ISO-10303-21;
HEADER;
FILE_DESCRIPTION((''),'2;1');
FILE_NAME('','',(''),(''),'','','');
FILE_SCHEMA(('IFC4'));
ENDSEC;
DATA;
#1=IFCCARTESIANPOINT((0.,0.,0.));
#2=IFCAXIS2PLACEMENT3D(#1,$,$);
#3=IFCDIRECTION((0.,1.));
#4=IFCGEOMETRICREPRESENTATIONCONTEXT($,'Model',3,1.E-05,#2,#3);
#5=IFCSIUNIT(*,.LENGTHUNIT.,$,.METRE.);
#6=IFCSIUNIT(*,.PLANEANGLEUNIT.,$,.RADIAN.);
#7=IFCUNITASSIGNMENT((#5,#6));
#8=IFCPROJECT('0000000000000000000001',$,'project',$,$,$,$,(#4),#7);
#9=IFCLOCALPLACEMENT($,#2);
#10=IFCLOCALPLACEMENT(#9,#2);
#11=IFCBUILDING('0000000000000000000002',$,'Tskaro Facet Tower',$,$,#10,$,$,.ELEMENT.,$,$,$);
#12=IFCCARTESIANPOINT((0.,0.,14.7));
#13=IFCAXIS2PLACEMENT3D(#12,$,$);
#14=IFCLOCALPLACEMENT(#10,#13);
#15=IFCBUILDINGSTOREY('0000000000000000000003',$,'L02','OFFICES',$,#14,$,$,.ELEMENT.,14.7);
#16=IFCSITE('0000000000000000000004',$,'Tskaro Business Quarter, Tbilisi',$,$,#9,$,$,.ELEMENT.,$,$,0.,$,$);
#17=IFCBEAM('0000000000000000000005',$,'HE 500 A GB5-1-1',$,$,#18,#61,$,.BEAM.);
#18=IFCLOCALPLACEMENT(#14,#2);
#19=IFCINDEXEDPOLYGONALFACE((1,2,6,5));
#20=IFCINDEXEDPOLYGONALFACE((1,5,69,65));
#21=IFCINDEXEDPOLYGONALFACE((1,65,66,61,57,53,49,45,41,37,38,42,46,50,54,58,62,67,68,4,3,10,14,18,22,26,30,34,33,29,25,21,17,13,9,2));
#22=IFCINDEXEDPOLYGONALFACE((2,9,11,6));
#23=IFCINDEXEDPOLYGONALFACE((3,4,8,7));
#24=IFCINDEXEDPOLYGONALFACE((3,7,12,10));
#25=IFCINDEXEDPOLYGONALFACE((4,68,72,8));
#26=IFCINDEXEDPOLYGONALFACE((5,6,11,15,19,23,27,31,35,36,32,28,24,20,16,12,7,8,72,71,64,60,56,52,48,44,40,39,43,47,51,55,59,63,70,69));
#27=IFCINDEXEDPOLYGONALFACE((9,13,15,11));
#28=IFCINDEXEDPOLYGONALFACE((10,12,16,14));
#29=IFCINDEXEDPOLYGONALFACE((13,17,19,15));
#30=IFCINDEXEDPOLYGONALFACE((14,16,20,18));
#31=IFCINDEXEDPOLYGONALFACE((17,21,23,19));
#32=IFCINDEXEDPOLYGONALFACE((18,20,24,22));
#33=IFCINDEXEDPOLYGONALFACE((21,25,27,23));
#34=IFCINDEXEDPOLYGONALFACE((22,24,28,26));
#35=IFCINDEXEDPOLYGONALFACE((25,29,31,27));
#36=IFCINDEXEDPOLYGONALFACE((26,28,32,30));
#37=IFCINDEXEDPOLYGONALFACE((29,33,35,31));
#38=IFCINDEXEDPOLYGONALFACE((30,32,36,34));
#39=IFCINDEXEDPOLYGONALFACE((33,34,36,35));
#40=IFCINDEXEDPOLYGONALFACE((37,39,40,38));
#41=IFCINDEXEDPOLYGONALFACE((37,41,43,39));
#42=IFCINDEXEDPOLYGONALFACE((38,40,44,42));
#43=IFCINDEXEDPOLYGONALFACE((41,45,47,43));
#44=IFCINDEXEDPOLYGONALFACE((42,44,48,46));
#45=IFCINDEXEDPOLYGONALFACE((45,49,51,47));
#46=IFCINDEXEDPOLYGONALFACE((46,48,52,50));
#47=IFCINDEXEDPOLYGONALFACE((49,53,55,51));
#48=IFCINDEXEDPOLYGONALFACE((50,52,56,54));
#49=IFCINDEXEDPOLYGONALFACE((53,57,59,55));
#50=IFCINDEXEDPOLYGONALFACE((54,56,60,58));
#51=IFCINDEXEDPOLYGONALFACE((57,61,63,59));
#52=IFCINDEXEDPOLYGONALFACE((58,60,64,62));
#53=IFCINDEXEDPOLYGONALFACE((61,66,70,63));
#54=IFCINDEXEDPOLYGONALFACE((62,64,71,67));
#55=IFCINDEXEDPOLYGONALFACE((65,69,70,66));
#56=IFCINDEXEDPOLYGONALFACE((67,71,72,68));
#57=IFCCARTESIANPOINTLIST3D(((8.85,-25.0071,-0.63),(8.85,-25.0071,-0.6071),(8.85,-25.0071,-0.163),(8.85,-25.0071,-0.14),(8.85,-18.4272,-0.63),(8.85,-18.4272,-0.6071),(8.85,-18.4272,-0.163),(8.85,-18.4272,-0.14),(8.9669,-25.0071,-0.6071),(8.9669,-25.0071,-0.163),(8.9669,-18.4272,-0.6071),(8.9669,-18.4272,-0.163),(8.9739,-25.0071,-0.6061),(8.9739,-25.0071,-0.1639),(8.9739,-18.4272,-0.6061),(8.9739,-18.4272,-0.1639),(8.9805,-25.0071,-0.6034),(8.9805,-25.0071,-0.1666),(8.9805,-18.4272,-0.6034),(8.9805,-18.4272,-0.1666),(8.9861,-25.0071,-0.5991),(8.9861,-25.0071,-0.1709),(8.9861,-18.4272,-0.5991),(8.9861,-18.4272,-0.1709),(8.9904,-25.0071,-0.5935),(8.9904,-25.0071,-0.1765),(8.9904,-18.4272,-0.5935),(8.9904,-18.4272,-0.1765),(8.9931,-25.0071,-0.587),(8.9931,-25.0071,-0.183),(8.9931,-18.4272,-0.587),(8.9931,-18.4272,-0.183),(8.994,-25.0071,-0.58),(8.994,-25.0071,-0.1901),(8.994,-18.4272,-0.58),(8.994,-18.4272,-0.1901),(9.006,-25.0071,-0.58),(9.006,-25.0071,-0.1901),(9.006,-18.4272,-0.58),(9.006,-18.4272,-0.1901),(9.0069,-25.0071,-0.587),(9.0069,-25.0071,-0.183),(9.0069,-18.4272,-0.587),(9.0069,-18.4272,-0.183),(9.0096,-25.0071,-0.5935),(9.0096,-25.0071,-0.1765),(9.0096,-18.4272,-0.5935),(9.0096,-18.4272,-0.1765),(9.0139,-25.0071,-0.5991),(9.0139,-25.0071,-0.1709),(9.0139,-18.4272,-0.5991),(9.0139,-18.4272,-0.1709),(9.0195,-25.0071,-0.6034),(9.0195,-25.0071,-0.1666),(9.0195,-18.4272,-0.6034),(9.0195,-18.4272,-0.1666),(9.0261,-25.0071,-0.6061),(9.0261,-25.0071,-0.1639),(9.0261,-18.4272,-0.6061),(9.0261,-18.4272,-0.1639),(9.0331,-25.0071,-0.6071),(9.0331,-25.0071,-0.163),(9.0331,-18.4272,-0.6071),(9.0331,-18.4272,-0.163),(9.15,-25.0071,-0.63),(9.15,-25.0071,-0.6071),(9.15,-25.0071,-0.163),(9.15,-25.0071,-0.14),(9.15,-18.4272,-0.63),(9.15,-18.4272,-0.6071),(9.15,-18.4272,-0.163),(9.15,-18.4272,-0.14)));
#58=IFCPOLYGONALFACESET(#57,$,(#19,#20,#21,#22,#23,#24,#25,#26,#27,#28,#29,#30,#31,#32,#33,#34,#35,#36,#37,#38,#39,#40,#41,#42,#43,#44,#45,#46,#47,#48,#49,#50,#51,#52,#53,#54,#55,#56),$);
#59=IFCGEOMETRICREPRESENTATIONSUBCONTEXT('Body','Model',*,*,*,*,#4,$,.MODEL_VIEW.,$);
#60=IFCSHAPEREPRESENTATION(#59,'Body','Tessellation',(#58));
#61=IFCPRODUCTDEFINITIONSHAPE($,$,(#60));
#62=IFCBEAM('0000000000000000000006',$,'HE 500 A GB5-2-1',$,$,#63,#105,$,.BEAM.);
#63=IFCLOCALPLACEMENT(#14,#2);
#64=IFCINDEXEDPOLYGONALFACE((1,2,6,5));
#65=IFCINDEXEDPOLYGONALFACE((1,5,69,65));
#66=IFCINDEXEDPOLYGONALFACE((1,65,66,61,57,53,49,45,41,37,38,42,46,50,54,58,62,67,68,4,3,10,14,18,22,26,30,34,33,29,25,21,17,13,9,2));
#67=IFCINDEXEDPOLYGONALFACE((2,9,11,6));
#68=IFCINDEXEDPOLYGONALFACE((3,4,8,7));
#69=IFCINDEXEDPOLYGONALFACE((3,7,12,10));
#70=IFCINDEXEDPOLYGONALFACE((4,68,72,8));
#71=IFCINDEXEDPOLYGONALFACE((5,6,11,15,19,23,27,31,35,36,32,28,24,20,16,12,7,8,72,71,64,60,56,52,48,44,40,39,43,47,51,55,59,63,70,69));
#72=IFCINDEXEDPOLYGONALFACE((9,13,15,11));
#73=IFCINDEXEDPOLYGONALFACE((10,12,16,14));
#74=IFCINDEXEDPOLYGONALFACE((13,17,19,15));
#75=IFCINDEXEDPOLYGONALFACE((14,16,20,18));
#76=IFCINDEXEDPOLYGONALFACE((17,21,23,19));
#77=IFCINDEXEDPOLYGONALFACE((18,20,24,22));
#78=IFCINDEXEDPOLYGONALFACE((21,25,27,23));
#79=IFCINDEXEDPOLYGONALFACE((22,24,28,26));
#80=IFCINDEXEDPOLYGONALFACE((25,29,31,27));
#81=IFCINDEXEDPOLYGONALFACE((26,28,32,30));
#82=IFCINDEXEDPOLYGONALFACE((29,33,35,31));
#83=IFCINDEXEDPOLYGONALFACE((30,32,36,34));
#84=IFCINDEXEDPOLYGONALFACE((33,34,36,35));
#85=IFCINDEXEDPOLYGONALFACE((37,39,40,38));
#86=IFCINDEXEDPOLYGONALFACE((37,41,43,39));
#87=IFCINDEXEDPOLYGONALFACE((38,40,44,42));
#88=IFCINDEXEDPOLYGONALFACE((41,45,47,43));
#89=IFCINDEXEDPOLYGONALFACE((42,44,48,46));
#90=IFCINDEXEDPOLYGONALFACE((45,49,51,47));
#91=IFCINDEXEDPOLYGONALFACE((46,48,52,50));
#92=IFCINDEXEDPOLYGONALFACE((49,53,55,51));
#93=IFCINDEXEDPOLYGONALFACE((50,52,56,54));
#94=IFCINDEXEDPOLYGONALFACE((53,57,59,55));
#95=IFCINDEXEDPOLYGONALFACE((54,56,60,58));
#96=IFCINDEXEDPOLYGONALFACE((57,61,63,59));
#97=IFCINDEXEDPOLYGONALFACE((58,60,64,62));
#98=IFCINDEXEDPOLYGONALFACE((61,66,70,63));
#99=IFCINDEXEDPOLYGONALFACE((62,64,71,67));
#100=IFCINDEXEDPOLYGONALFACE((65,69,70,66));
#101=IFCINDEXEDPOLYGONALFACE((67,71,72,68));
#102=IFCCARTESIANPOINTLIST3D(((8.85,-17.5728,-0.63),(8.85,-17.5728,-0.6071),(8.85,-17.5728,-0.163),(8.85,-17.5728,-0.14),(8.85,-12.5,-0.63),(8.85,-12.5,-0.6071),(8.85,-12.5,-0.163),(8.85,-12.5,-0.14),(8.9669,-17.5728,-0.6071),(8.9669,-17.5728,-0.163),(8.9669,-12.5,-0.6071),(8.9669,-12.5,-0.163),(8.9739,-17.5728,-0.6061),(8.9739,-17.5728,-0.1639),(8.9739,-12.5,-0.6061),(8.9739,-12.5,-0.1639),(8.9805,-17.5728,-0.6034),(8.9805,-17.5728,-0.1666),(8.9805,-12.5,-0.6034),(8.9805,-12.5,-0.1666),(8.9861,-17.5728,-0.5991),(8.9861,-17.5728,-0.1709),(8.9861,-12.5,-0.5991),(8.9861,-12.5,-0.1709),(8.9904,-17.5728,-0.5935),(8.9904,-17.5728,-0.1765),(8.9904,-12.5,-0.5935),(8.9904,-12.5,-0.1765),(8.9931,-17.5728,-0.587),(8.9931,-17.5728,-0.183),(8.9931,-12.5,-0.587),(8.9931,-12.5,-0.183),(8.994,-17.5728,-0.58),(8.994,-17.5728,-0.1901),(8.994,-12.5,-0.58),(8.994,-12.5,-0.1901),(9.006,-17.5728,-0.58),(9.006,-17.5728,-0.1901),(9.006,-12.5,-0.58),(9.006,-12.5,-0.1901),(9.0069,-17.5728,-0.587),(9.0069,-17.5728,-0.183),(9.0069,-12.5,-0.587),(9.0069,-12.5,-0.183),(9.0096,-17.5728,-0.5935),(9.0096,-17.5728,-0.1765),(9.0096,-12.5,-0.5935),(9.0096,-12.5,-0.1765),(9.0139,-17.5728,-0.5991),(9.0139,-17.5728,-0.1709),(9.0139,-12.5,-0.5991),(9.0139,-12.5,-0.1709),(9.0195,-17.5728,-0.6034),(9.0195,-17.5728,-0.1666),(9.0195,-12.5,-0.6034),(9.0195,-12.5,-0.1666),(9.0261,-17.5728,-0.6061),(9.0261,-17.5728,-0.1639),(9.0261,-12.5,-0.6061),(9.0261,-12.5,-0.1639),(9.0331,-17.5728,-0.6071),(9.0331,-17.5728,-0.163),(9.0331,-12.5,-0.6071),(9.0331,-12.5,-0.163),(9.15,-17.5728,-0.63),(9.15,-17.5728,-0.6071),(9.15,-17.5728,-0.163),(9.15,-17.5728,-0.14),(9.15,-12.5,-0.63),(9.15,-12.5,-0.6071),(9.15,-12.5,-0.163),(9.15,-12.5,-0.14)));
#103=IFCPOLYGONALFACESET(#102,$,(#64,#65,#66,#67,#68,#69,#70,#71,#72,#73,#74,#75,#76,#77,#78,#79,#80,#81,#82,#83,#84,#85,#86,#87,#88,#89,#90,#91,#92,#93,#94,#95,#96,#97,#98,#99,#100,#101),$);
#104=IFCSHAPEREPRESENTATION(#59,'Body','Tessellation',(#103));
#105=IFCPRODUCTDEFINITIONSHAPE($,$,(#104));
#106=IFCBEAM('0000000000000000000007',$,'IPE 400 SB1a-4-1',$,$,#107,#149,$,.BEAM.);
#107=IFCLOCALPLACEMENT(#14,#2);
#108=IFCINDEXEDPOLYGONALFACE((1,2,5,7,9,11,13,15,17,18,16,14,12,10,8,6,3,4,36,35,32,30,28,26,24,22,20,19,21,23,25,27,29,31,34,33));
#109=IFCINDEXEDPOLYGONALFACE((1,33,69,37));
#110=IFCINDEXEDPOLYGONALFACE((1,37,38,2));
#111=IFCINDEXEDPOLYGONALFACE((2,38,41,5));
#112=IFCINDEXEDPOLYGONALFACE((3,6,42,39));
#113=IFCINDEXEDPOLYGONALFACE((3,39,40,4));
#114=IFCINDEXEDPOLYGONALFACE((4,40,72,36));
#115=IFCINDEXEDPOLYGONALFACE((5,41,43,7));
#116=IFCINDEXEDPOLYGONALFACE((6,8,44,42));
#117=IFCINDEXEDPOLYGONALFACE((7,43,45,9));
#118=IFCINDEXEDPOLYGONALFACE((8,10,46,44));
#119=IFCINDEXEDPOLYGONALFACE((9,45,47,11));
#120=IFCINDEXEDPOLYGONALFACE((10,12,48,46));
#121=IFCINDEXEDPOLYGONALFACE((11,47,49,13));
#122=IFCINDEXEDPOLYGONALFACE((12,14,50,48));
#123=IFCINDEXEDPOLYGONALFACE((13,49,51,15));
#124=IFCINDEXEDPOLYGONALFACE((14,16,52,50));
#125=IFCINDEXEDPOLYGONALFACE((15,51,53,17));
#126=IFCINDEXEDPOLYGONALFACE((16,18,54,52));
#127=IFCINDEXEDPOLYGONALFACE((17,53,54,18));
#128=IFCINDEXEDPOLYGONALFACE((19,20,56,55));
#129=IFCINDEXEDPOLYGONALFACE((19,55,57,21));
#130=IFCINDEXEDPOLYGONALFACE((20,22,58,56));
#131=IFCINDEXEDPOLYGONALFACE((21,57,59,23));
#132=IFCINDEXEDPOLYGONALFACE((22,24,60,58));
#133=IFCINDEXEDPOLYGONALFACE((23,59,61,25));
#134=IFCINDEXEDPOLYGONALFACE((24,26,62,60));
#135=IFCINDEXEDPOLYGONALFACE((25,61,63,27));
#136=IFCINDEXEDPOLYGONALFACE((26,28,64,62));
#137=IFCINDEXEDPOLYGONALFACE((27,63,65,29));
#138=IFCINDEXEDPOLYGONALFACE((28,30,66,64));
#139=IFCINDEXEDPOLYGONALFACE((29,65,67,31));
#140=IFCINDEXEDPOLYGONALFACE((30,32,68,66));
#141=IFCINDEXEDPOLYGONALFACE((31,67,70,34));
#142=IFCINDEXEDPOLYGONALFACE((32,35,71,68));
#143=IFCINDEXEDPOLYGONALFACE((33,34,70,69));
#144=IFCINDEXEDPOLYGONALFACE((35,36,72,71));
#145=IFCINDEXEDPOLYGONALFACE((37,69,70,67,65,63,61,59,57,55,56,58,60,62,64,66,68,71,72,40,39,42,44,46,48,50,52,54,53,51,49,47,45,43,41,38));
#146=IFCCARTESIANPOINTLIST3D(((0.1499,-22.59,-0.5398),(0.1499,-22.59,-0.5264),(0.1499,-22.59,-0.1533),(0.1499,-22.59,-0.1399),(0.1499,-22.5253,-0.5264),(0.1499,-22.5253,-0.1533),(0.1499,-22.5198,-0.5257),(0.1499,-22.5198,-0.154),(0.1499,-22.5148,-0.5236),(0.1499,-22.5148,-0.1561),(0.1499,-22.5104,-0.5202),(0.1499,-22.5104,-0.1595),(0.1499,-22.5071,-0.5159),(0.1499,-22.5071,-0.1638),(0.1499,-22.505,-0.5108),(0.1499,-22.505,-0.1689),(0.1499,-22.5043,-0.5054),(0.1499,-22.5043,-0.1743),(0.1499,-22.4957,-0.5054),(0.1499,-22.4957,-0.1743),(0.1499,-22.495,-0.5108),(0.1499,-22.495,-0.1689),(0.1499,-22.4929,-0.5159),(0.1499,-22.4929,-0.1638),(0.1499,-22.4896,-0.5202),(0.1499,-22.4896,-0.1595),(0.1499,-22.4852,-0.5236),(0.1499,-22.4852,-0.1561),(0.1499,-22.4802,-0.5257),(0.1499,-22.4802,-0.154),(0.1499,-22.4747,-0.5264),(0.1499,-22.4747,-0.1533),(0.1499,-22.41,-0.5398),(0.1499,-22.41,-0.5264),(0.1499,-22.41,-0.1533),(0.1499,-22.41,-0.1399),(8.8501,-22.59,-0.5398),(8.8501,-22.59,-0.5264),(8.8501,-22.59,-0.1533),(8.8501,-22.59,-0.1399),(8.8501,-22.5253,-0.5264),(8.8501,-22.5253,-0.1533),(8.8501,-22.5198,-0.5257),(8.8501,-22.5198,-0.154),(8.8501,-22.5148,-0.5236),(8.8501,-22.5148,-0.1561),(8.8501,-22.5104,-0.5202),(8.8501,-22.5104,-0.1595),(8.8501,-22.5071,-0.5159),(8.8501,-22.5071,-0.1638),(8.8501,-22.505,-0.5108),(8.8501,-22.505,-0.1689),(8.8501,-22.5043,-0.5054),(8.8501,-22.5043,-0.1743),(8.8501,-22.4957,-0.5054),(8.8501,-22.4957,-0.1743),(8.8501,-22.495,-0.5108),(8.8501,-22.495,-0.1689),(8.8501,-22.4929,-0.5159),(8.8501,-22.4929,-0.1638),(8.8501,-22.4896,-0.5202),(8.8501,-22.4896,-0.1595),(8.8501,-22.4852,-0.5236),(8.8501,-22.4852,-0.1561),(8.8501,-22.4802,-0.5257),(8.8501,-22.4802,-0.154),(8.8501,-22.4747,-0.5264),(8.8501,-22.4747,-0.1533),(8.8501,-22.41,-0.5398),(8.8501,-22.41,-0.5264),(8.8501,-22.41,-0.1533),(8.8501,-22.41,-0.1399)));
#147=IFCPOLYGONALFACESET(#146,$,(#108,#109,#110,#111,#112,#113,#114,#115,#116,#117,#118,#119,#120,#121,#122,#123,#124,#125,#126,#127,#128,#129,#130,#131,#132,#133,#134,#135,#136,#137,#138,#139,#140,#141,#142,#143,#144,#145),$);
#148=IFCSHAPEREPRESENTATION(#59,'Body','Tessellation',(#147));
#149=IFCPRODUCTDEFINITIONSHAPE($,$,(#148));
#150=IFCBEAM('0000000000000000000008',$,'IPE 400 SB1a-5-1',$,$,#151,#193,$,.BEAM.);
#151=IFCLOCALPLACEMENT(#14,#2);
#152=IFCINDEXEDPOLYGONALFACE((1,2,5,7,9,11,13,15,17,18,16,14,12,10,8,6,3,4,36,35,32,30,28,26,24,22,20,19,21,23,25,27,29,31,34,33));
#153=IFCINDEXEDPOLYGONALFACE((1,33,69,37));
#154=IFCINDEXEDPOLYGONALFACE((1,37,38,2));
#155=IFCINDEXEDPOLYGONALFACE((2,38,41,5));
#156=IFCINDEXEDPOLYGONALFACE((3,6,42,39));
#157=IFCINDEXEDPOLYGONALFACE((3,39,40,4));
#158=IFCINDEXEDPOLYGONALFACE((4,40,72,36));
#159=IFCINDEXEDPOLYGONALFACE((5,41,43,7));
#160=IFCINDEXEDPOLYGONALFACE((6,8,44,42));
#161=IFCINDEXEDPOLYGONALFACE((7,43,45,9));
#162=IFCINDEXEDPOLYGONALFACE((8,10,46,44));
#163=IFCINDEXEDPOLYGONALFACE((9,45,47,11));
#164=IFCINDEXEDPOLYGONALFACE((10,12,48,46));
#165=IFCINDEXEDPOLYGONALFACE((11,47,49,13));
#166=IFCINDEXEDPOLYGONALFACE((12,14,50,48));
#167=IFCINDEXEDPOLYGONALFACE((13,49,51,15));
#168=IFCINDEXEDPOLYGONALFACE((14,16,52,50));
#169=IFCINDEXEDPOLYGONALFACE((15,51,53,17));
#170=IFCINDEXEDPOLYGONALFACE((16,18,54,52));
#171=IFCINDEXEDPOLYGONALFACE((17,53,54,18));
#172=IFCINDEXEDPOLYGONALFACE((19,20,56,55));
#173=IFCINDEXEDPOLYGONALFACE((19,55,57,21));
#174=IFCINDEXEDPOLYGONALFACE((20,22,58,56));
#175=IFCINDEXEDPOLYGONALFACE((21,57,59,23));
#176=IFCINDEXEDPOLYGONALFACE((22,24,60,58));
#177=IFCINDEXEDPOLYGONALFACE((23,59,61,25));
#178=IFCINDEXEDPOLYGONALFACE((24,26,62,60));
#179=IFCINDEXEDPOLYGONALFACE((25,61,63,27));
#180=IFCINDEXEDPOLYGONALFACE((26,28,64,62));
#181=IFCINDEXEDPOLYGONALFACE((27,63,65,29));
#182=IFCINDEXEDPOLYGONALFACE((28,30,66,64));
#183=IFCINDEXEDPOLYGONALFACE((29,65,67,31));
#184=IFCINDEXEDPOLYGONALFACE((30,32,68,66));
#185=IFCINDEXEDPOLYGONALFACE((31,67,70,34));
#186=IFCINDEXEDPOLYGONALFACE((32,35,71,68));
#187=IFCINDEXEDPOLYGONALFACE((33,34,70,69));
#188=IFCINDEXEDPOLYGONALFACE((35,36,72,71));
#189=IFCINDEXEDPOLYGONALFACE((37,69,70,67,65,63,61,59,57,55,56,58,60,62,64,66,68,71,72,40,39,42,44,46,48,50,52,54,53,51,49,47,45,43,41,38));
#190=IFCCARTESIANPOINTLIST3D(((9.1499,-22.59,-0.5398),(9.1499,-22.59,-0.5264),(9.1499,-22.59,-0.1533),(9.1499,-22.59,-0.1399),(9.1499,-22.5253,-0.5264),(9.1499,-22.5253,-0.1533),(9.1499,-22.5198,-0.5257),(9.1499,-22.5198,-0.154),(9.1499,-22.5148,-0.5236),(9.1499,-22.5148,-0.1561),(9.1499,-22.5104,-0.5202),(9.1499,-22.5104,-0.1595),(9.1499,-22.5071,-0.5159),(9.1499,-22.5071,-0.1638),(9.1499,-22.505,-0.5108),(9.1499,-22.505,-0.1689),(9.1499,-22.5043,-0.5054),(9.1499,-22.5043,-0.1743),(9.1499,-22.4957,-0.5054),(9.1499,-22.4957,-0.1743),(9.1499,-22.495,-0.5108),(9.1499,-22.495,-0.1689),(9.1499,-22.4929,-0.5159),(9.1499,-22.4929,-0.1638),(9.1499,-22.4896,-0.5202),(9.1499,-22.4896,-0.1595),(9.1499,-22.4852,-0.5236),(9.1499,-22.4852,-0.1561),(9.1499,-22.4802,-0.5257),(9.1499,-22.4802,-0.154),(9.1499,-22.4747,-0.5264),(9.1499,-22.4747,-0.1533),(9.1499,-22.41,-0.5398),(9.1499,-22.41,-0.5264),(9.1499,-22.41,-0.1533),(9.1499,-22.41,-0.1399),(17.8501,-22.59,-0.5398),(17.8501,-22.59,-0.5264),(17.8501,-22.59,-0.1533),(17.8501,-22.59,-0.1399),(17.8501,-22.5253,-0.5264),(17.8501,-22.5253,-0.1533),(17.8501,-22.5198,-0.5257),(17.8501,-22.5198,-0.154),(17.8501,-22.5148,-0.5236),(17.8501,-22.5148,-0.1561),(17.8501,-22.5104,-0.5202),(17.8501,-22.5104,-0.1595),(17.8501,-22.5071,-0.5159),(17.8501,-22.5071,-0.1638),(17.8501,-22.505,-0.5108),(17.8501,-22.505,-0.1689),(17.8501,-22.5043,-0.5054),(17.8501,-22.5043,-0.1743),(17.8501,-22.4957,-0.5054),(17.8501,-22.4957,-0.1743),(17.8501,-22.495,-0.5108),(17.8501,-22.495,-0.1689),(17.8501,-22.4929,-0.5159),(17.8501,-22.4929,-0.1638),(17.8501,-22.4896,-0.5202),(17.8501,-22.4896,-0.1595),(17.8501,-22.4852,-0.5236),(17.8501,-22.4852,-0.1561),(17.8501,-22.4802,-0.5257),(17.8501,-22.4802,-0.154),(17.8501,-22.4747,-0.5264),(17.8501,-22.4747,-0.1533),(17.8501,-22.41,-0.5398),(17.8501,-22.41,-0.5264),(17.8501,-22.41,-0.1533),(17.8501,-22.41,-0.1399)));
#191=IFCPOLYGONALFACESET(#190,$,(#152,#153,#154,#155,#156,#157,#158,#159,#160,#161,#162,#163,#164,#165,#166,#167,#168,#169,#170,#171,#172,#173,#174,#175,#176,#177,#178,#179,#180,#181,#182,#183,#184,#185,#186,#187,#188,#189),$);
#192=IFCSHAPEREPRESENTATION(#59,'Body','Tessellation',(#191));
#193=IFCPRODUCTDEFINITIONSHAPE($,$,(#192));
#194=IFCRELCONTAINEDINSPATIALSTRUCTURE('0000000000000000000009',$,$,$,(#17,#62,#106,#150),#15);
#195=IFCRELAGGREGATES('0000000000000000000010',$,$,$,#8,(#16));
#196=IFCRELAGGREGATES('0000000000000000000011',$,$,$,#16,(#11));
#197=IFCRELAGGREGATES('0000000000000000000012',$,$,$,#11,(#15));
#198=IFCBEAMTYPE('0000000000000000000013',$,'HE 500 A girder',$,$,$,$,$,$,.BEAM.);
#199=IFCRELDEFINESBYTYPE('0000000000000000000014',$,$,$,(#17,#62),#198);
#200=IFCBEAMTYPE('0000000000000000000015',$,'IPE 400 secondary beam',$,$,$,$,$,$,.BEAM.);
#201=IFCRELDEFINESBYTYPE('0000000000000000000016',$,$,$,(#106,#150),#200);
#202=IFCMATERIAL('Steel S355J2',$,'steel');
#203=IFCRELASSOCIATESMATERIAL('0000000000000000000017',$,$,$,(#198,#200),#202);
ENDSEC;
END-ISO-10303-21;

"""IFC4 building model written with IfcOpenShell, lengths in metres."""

from ifc_helpers import new_model, si_unit, direction, frame, origin, origin_2d, place, context, subcontext, project, spatial, i_section, extrude, material, material_profile, profile_set, type_object, element, save


model = new_model("IFC4")

# Units and contexts
model_context = context("Model", 3, precision=1e-05, world=origin(), true_north=direction((0.0, 1.0)))
body_context = subcontext(model_context, "Body", "Model", "MODEL_VIEW")
ifc_project = project(units=[si_unit("LENGTHUNIT", "METRE"), si_unit("PLANEANGLEUNIT", "RADIAN")], contexts=[model_context])

# Site, building, storey
site_placement = place(None, origin())
site = spatial("IfcSite", under=ifc_project, at=site_placement, Name="Tskaro Business Quarter, Tbilisi", CompositionType="ELEMENT", RefElevation=0.0)
building_placement = place(site_placement, origin())
building = spatial("IfcBuilding", under=site, at=building_placement, Name="Tskaro Facet Tower", CompositionType="ELEMENT")
storey_placement = place(building_placement, frame((0.0, 0.0, 14.7)))
storey = spatial("IfcBuildingStorey", under=building, at=storey_placement, Name="L02", Description="OFFICES", CompositionType="ELEMENT", Elevation=14.7)

# Beams
ifc_material_1 = material(Name="Steel S355J2", Category="steel")
ifc_material_profile_1 = material_profile(ifc_material_1, i_section(OverallWidth=0.3, OverallDepth=0.49, WebThickness=0.012, FlangeThickness=0.0229, FilletRadius=0.0271, at=origin_2d()), Name="HE 500 A")
ifc_profile_set_1 = profile_set([ifc_material_profile_1], Name="Steel S355J2")
beam_type_1 = type_object("IfcBeamType", Name="HE 500 A girder", PredefinedType="BEAM", material=ifc_profile_set_1)
beam_1_placement = place(storey_placement, frame((9.0, -25.0071, -0.385), z_axis=(0.0, 1.0, 0.0), x_axis=(-1.0, 0.0, 0.0)))
element("IfcBeam", 1, at=beam_1_placement, inside=storey, type_object=beam_type_1, Name="HE 500 A GB5-1-1", PredefinedType="BEAM", context=body_context, shape_type="SweptSolid", body=[
    extrude(i_section(OverallWidth=0.3, OverallDepth=0.49, WebThickness=0.012, FlangeThickness=0.0229, FilletRadius=0.0271, at=origin_2d()), origin(), (0.0, 0.0, 1.0), 6.5798),
])
beam_2_placement = place(storey_placement, frame((9.0, -17.5728, -0.385), z_axis=(0.0, 1.0, 0.0), x_axis=(-1.0, 0.0, 0.0)))
element("IfcBeam", 2, at=beam_2_placement, inside=storey, type_object=beam_type_1, Name="HE 500 A GB5-2-1", PredefinedType="BEAM", context=body_context, shape_type="SweptSolid", body=[
    extrude(i_section(OverallWidth=0.3, OverallDepth=0.49, WebThickness=0.012, FlangeThickness=0.0229, FilletRadius=0.0271, at=origin_2d()), origin(), (0.0, 0.0, 1.0), 5.0728),
])
ifc_material_profile_2 = material_profile(ifc_material_1, i_section(OverallWidth=0.1799, OverallDepth=0.3999, WebThickness=0.0085, FlangeThickness=0.0134, FilletRadius=0.021, at=origin_2d()), Name="IPE 400")
ifc_profile_set_2 = profile_set([ifc_material_profile_2], Name="Steel S355J2")
beam_type_2 = type_object("IfcBeamType", Name="IPE 400 secondary beam", PredefinedType="BEAM", material=ifc_profile_set_2)
for number, where, z_axis, x_axis, name in (
    (3, (0.1499, -22.5, -0.3398), (1.0, 0.0, 0.0), (0.0, 1.0, 0.0), "IPE 400 SB1a-4-1"),
    (4, (9.1499, -22.5, -0.3398), (1.0, 0.0, 0.0), (0.0, 1.0, 0.0), "IPE 400 SB1a-5-1"),
):
    element("IfcBeam", number, at=place(storey_placement, frame(where, z_axis=z_axis, x_axis=x_axis)), inside=storey, type_object=beam_type_2, Name=name, PredefinedType="BEAM", context=body_context, shape_type="SweptSolid", body=[
        extrude(i_section(OverallWidth=0.1799, OverallDepth=0.3999, WebThickness=0.0085, FlangeThickness=0.0134, FilletRadius=0.021, at=origin_2d()), origin(), (0.0, 0.0, 1.0), 8.7002),
    ])

save(model, "model.ifc")
